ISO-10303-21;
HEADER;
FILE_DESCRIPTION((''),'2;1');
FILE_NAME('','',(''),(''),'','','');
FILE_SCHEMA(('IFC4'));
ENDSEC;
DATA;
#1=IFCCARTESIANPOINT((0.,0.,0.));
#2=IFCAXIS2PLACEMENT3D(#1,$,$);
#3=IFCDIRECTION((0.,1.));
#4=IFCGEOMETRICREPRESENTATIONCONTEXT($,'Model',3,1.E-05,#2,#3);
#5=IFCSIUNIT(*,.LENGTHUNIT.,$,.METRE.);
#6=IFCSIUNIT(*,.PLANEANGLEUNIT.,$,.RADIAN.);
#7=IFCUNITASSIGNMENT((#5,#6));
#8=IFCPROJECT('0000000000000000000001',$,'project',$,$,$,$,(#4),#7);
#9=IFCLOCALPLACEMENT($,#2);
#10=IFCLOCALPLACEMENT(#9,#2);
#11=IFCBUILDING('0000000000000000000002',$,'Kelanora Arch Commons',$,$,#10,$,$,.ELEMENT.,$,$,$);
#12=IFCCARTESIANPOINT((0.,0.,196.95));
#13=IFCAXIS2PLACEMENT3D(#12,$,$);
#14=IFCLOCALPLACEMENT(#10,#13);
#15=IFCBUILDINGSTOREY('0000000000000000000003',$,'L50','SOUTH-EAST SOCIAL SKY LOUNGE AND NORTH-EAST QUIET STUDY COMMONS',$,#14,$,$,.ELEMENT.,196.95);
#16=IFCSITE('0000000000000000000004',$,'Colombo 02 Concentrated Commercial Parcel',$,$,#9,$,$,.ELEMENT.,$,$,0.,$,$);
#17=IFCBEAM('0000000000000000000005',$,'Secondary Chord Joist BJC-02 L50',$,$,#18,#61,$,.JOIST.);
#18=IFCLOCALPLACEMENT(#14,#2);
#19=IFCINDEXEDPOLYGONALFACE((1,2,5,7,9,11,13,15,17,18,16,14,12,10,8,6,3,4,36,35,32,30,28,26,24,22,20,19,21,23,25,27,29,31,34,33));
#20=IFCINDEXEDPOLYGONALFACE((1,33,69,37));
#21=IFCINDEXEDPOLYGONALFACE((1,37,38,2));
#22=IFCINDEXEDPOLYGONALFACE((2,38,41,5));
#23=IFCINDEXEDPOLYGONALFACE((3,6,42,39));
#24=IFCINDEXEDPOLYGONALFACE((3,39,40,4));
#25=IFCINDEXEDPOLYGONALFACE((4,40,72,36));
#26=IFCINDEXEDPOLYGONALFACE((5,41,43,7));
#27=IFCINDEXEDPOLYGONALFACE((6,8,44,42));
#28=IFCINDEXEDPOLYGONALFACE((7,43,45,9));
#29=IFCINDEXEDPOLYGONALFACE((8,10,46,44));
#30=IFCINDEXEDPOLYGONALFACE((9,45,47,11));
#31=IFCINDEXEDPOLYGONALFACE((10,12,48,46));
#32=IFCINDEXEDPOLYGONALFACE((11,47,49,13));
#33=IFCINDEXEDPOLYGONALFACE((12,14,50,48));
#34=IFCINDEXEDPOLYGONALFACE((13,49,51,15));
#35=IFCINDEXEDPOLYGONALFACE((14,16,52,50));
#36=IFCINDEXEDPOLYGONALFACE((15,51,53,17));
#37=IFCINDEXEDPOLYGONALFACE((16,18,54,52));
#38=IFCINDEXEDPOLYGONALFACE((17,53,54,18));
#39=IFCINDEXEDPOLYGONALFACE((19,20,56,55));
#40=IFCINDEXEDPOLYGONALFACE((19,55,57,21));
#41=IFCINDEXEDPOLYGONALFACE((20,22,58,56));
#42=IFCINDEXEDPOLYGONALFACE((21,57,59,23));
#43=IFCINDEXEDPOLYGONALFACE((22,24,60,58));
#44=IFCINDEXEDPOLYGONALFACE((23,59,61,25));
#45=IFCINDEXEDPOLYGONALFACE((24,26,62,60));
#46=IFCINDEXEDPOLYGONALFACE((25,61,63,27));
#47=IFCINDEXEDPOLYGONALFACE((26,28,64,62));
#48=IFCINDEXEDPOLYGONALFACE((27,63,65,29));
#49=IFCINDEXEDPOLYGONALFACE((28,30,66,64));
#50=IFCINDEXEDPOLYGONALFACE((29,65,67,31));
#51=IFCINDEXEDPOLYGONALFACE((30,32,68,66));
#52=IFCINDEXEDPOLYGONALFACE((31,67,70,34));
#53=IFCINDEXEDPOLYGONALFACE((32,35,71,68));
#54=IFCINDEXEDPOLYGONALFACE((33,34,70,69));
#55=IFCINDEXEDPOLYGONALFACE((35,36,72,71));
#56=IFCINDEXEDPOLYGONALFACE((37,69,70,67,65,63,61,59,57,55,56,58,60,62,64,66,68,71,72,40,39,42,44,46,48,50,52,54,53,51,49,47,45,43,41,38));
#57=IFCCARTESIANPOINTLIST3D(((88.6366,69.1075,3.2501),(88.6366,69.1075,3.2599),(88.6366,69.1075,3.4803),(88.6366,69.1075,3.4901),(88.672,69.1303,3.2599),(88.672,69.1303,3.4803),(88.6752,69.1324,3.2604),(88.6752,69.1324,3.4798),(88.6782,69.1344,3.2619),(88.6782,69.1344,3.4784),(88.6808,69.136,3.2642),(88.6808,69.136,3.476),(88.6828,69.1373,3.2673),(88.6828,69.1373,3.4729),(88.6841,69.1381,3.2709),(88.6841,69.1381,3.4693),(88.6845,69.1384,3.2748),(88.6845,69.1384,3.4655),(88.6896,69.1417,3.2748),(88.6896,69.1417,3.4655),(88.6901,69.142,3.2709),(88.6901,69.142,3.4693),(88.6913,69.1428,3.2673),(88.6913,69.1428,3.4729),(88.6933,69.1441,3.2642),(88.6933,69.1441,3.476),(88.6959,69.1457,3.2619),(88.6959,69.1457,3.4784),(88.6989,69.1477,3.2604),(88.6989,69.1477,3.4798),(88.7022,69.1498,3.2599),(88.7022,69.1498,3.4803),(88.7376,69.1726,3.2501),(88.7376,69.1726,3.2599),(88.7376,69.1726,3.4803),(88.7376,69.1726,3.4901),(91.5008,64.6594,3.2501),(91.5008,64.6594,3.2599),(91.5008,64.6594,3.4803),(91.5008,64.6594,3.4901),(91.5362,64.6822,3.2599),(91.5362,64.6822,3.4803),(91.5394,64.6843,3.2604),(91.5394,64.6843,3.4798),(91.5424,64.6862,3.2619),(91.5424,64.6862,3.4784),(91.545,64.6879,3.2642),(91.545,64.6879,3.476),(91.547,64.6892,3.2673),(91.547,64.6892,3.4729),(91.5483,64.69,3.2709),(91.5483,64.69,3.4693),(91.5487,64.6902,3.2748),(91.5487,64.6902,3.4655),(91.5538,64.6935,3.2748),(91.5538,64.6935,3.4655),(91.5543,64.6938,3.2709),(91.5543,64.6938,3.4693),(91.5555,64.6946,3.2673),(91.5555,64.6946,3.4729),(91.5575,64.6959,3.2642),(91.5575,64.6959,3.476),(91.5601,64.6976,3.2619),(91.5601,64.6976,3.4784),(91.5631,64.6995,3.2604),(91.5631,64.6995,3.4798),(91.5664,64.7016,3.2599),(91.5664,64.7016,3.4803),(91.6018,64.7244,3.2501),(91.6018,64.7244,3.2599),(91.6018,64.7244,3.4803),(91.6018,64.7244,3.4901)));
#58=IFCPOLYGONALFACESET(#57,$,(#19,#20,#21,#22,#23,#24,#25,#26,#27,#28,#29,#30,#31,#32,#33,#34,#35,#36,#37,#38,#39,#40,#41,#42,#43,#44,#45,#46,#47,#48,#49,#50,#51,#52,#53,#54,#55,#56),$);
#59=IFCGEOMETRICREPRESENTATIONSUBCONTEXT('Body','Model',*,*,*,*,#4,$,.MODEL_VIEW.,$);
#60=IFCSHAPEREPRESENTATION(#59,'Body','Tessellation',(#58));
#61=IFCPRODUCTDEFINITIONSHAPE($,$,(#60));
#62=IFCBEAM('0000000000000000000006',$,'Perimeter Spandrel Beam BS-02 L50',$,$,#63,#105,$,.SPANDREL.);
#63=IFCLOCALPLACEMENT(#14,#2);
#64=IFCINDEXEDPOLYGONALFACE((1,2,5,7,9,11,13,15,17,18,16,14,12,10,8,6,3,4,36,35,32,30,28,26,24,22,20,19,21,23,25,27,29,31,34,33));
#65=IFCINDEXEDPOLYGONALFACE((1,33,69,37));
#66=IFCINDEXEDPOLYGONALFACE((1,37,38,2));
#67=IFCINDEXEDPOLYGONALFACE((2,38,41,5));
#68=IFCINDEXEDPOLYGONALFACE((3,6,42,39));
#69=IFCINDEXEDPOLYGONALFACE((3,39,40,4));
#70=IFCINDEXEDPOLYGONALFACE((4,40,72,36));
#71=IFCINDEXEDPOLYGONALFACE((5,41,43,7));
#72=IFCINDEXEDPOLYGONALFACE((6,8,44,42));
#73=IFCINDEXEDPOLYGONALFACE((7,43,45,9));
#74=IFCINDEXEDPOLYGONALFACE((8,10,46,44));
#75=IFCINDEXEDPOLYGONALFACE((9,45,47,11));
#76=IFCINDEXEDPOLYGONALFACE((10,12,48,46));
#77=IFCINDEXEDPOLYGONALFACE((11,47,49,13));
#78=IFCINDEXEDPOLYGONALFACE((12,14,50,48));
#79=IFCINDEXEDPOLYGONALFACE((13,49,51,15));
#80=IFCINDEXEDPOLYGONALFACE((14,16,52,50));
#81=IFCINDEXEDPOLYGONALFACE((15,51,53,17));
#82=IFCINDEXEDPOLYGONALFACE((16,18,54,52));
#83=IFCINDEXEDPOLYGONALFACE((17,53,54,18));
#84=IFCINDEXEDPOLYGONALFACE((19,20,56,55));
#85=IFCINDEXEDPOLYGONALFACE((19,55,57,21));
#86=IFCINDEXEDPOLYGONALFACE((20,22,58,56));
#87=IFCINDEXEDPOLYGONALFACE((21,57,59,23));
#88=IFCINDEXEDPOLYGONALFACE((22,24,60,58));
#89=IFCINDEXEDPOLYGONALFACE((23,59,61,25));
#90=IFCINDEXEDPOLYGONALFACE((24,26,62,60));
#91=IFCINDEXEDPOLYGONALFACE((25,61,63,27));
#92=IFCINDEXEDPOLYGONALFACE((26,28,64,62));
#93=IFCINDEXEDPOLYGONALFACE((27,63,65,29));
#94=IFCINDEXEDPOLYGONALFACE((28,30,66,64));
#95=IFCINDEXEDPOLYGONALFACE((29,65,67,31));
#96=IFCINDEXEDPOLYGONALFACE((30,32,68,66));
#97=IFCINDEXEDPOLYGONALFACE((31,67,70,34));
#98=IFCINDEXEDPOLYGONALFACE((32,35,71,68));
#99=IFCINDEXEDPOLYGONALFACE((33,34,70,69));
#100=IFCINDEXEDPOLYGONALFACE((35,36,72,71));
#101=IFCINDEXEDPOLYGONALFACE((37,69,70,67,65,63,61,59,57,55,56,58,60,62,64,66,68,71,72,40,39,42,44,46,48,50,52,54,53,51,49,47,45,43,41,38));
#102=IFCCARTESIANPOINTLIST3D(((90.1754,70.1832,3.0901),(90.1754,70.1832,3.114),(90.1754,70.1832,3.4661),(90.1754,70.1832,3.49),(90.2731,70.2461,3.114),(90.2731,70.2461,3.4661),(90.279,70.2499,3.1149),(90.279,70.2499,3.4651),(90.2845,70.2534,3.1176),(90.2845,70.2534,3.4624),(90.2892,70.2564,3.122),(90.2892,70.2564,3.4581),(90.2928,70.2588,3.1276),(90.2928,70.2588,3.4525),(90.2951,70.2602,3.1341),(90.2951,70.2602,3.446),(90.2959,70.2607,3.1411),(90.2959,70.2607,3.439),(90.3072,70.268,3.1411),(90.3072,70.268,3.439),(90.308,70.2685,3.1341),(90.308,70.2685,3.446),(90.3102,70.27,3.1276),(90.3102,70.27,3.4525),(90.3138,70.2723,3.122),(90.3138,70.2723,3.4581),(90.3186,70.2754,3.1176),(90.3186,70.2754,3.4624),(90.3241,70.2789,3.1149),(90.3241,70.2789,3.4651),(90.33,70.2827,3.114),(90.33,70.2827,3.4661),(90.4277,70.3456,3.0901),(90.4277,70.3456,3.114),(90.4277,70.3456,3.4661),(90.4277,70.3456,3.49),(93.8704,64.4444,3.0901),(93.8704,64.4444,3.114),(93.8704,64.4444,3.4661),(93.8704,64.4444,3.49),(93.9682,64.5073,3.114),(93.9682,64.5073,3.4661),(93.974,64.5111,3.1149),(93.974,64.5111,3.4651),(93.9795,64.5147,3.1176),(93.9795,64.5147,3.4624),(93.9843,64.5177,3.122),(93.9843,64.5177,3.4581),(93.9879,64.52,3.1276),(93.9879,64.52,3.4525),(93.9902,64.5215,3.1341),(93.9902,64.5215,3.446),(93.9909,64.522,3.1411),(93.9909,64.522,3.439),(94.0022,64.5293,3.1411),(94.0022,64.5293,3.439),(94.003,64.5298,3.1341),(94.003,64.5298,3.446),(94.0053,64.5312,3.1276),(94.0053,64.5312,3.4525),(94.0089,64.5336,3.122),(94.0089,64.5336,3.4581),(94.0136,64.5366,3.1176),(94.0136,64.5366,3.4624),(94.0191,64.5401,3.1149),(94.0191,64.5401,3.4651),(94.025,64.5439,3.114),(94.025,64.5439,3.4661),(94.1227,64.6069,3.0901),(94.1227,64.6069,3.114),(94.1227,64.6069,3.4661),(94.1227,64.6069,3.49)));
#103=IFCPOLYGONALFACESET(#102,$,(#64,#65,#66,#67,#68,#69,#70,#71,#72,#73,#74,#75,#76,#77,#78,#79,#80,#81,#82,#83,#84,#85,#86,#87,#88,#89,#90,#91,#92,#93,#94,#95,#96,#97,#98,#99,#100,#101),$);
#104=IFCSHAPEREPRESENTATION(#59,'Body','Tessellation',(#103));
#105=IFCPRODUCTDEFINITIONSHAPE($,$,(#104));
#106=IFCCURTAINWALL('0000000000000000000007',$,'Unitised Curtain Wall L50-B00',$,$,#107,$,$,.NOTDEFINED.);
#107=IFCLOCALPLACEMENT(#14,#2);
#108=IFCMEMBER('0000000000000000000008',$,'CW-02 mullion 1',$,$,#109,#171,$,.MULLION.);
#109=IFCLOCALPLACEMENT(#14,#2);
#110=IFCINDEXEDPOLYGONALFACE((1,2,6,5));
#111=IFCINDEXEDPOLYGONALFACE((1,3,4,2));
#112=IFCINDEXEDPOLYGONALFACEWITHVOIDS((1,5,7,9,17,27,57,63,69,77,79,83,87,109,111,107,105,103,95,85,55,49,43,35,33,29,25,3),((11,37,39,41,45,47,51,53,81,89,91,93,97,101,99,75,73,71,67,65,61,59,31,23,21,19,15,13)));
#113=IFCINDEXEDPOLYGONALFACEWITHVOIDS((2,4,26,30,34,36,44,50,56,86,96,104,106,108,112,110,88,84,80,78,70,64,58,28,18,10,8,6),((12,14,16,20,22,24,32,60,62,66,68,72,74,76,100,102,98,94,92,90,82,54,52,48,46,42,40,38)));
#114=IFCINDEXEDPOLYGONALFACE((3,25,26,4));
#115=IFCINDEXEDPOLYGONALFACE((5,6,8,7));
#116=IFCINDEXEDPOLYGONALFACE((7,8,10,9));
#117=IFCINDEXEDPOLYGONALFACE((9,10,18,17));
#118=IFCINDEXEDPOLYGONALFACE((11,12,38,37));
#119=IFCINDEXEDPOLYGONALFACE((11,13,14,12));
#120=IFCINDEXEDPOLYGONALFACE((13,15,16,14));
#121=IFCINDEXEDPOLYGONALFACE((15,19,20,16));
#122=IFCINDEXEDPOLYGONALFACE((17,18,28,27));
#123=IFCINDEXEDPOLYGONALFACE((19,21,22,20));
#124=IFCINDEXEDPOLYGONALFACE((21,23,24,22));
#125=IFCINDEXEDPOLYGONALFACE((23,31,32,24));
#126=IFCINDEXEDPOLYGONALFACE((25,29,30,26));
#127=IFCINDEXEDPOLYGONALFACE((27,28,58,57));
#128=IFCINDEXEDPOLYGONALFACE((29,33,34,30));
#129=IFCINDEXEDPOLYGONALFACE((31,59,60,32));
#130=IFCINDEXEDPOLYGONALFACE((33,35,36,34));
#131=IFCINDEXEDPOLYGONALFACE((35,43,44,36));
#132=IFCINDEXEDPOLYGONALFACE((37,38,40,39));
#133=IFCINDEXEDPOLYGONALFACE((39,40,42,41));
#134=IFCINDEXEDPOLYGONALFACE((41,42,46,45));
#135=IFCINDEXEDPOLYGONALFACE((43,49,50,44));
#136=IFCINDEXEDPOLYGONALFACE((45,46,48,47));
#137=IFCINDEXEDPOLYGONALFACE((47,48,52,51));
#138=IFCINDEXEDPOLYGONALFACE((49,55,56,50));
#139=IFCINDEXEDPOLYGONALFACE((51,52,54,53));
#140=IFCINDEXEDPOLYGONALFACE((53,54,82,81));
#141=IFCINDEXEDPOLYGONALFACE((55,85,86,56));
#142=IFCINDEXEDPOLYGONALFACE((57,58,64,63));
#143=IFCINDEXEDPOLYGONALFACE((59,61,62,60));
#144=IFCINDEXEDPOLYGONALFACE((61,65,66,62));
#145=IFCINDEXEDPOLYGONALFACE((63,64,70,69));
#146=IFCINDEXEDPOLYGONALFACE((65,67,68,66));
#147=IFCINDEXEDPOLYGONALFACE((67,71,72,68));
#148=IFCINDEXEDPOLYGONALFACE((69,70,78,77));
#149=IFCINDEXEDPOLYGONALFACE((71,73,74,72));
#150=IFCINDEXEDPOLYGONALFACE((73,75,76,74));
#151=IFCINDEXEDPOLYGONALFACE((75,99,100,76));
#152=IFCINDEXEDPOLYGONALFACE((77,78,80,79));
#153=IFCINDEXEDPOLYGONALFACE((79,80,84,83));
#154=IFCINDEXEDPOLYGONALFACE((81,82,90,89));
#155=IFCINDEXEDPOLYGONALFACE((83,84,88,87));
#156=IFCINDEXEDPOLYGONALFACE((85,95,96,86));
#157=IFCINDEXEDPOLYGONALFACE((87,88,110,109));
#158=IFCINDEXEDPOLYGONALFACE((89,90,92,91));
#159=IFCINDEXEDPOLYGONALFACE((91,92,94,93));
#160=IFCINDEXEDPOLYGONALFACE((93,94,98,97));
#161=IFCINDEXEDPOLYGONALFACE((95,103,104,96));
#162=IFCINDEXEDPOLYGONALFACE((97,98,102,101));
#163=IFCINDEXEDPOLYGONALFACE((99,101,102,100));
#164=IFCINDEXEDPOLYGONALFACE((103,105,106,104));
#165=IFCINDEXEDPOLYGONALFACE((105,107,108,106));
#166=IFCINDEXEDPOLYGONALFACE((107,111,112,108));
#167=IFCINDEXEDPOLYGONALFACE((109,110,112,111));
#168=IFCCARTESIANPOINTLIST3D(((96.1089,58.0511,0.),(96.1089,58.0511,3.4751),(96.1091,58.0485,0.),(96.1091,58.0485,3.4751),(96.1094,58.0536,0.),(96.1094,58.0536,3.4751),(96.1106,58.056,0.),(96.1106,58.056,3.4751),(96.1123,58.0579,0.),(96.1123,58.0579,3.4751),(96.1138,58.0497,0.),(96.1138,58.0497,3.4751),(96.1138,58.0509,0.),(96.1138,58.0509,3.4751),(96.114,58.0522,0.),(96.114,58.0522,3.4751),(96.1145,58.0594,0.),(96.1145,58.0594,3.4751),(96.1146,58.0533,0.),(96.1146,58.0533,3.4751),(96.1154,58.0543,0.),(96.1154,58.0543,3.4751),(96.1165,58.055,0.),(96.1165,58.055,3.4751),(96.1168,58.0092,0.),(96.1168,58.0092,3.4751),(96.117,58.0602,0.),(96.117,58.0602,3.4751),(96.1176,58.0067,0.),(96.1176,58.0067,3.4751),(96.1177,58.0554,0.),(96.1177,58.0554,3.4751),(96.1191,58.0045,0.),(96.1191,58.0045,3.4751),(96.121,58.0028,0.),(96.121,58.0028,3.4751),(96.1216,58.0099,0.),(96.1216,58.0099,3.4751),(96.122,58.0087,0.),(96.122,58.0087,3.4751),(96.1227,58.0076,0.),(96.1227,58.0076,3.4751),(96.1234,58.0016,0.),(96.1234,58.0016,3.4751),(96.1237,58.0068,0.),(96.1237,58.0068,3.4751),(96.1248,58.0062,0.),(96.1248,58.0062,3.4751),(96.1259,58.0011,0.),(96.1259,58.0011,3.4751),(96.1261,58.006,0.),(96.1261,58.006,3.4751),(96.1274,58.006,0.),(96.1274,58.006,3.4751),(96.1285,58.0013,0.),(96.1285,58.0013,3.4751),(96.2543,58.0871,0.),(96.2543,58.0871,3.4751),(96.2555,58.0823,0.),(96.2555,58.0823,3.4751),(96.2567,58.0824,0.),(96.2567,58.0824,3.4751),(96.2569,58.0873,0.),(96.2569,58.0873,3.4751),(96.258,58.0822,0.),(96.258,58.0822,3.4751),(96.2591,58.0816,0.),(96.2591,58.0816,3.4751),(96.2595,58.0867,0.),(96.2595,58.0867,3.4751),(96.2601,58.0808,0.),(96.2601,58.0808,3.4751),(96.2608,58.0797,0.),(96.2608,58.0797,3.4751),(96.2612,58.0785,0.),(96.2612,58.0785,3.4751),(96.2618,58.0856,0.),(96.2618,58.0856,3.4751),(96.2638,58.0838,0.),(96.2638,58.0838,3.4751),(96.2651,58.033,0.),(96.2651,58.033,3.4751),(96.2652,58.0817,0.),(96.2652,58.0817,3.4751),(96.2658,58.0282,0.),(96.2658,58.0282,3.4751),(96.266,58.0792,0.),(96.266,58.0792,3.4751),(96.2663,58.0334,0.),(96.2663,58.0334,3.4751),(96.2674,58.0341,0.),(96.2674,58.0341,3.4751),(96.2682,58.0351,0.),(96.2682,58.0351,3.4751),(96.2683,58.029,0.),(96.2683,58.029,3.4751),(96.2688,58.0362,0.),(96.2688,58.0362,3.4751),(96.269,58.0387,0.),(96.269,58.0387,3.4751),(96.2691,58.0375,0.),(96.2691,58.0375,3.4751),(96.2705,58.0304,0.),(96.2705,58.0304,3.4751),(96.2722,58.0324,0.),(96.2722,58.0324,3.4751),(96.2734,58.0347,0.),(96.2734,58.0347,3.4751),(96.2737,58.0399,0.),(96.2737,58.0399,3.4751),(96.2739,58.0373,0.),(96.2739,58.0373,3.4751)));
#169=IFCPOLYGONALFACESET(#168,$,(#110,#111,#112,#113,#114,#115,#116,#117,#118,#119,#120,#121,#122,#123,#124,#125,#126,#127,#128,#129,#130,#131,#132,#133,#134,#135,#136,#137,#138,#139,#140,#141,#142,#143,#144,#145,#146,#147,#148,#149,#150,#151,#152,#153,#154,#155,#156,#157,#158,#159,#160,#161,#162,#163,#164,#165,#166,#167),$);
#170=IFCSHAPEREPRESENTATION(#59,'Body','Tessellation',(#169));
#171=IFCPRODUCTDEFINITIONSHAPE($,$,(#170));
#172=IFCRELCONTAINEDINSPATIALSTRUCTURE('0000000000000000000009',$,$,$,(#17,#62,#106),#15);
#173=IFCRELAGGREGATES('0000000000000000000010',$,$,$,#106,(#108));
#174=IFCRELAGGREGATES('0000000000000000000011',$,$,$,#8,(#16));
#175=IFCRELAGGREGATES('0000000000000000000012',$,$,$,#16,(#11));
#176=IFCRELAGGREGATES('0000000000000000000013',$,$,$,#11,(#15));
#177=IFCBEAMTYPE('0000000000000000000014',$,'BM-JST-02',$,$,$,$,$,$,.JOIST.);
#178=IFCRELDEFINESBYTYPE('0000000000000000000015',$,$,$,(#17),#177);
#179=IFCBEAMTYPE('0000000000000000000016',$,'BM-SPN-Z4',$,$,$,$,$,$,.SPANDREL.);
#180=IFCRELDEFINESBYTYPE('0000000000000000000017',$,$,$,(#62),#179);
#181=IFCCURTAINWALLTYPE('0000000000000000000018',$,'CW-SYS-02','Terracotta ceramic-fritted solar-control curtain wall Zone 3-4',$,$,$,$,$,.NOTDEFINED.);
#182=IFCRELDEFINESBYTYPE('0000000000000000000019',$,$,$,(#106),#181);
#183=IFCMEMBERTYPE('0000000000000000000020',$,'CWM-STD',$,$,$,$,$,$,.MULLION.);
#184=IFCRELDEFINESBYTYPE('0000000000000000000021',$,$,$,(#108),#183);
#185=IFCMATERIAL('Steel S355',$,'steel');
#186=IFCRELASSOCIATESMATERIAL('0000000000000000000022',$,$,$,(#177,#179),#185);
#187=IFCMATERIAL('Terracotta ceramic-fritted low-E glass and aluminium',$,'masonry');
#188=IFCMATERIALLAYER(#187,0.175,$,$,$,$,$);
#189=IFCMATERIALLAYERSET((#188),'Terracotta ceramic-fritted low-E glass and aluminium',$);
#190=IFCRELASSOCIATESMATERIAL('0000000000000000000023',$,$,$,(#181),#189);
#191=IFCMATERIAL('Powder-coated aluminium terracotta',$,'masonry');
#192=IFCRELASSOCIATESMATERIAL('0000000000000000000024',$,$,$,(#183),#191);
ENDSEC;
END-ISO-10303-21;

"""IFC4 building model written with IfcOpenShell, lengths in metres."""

from ifc_helpers import new_model, si_unit, direction, frame, origin, origin_2d, place, context, subcontext, project, spatial, hollow_rectangle, i_section, extrude, material, layer, layer_set, material_profile, profile_set, type_object, element, aggregate, save


model = new_model("IFC4")

# Units and contexts
model_context = context("Model", 3, precision=1e-05, world=origin(), true_north=direction((0.0, 1.0)))
body_context = subcontext(model_context, "Body", "Model", "MODEL_VIEW")
ifc_project = project(units=[si_unit("LENGTHUNIT", "METRE"), si_unit("PLANEANGLEUNIT", "RADIAN")], contexts=[model_context])

# Site, building, storey
site_placement = place(None, origin())
site = spatial("IfcSite", under=ifc_project, at=site_placement, Name="Colombo 02 Concentrated Commercial Parcel", CompositionType="ELEMENT", RefElevation=0.0)
building_placement = place(site_placement, origin())
building = spatial("IfcBuilding", under=site, at=building_placement, Name="Kelanora Arch Commons", CompositionType="ELEMENT")
storey_placement = place(building_placement, frame((0.0, 0.0, 196.95)))
storey = spatial("IfcBuildingStorey", under=building, at=storey_placement, Name="L50", Description="SOUTH-EAST SOCIAL SKY LOUNGE AND NORTH-EAST QUIET STUDY COMMONS", CompositionType="ELEMENT", Elevation=196.95)

# Beams
ifc_material_1 = material(Name="Steel S355", Category="steel")
ifc_material_profile_1 = material_profile(ifc_material_1, i_section(OverallWidth=0.1201, OverallDepth=0.24, WebThickness=0.0061, FlangeThickness=0.0098, FilletRadius=0.0149, at=origin_2d()), Name="IPE240")
ifc_profile_set_1 = profile_set([ifc_material_profile_1], Name="Steel S355")
beam_type_1 = type_object("IfcBeamType", Name="BM-JST-02", PredefinedType="JOIST", material=ifc_profile_set_1)
beam_1_placement = place(storey_placement, frame((91.5513, 64.6919, 3.3701), z_axis=(-0.541382, 0.840776, 0.0), x_axis=(-0.840776, -0.541382, 0.0)))
element("IfcBeam", 1, at=beam_1_placement, inside=storey, type_object=beam_type_1, Name="Secondary Chord Joist BJC-02 L50", PredefinedType="JOIST", context=body_context, shape_type="SweptSolid", body=[
    extrude(i_section(OverallWidth=0.1201, OverallDepth=0.24, WebThickness=0.0061, FlangeThickness=0.0098, FilletRadius=0.0149, at=origin_2d()), origin(), (0.0, 0.0, 1.0), 5.2905),
])
ifc_material_profile_2 = material_profile(ifc_material_1, i_section(OverallWidth=0.3, OverallDepth=0.3999, WebThickness=0.0134, FlangeThickness=0.0239, FilletRadius=0.0271, at=origin_2d()), Name="HEB400")
ifc_profile_set_2 = profile_set([ifc_material_profile_2], Name="Steel S355")
beam_type_2 = type_object("IfcBeamType", Name="BM-SPN-Z4", PredefinedType="SPANDREL", material=ifc_profile_set_2)
beam_2_placement = place(storey_placement, frame((93.9966, 64.5256, 3.29), z_axis=(-0.541365, 0.840788, 0.0), x_axis=(-0.840788, -0.541365, 0.0)))
element("IfcBeam", 2, at=beam_2_placement, inside=storey, type_object=beam_type_2, Name="Perimeter Spandrel Beam BS-02 L50", PredefinedType="SPANDREL", context=body_context, shape_type="SweptSolid", body=[
    extrude(i_section(OverallWidth=0.3, OverallDepth=0.3999, WebThickness=0.0134, FlangeThickness=0.0239, FilletRadius=0.0271, at=origin_2d()), origin(), (0.0, 0.0, 1.0), 6.8254),
])

# Curtain wall, member
ifc_material_2 = material(Name="Terracotta ceramic-fritted low-E glass and aluminium", Category="masonry")
ifc_layer_1 = layer(ifc_material_2, 0.175)
ifc_layer_set_1 = layer_set([ifc_layer_1], Name="Terracotta ceramic-fritted low-E glass and aluminium")
curtain_wall_type = type_object("IfcCurtainWallType", Name="CW-SYS-02", Description="Terracotta ceramic-fritted solar-control curtain wall Zone 3-4", PredefinedType="NOTDEFINED", material=ifc_layer_set_1)
curtain_wall_placement = place(storey_placement, origin())
curtain_wall = element("IfcCurtainWall", 3, at=curtain_wall_placement, inside=storey, type_object=curtain_wall_type, Name="Unitised Curtain Wall L50-B00", PredefinedType="NOTDEFINED")
ifc_material_3 = material(Name="Powder-coated aluminium terracotta", Category="masonry")
ifc_material_profile_3 = material_profile(ifc_material_3, hollow_rectangle(XDim=0.1599, YDim=0.0601, WallThickness=0.0049, InnerFilletRadius=0.0049, OuterFilletRadius=0.01, at=origin_2d()), Name="CWM160x60")
ifc_profile_set_3 = profile_set([ifc_material_profile_3], Name="Powder-coated aluminium terracotta")
member_type_1 = type_object("IfcMemberType", Name="CWM-STD", PredefinedType="MULLION", material=ifc_profile_set_3)
member_1_placement = place(storey_placement, frame((96.1914, 58.0442, 0.0), z_axis=(0.0, 0.0, 1.0), x_axis=(-0.981381, -0.192069, 0.0)))
member_1 = element("IfcMember", 4, at=member_1_placement, type_object=member_type_1, Name="CW-02 mullion 1", PredefinedType="MULLION", context=body_context, shape_type="SweptSolid", body=[
    extrude(hollow_rectangle(XDim=0.1599, YDim=0.0601, WallThickness=0.0049, InnerFilletRadius=0.0049, OuterFilletRadius=0.01, at=origin_2d()), origin(), (0.0, 0.0, 1.0), 3.4751),
])
aggregate(curtain_wall, [member_1])

save(model, "model.ifc")
